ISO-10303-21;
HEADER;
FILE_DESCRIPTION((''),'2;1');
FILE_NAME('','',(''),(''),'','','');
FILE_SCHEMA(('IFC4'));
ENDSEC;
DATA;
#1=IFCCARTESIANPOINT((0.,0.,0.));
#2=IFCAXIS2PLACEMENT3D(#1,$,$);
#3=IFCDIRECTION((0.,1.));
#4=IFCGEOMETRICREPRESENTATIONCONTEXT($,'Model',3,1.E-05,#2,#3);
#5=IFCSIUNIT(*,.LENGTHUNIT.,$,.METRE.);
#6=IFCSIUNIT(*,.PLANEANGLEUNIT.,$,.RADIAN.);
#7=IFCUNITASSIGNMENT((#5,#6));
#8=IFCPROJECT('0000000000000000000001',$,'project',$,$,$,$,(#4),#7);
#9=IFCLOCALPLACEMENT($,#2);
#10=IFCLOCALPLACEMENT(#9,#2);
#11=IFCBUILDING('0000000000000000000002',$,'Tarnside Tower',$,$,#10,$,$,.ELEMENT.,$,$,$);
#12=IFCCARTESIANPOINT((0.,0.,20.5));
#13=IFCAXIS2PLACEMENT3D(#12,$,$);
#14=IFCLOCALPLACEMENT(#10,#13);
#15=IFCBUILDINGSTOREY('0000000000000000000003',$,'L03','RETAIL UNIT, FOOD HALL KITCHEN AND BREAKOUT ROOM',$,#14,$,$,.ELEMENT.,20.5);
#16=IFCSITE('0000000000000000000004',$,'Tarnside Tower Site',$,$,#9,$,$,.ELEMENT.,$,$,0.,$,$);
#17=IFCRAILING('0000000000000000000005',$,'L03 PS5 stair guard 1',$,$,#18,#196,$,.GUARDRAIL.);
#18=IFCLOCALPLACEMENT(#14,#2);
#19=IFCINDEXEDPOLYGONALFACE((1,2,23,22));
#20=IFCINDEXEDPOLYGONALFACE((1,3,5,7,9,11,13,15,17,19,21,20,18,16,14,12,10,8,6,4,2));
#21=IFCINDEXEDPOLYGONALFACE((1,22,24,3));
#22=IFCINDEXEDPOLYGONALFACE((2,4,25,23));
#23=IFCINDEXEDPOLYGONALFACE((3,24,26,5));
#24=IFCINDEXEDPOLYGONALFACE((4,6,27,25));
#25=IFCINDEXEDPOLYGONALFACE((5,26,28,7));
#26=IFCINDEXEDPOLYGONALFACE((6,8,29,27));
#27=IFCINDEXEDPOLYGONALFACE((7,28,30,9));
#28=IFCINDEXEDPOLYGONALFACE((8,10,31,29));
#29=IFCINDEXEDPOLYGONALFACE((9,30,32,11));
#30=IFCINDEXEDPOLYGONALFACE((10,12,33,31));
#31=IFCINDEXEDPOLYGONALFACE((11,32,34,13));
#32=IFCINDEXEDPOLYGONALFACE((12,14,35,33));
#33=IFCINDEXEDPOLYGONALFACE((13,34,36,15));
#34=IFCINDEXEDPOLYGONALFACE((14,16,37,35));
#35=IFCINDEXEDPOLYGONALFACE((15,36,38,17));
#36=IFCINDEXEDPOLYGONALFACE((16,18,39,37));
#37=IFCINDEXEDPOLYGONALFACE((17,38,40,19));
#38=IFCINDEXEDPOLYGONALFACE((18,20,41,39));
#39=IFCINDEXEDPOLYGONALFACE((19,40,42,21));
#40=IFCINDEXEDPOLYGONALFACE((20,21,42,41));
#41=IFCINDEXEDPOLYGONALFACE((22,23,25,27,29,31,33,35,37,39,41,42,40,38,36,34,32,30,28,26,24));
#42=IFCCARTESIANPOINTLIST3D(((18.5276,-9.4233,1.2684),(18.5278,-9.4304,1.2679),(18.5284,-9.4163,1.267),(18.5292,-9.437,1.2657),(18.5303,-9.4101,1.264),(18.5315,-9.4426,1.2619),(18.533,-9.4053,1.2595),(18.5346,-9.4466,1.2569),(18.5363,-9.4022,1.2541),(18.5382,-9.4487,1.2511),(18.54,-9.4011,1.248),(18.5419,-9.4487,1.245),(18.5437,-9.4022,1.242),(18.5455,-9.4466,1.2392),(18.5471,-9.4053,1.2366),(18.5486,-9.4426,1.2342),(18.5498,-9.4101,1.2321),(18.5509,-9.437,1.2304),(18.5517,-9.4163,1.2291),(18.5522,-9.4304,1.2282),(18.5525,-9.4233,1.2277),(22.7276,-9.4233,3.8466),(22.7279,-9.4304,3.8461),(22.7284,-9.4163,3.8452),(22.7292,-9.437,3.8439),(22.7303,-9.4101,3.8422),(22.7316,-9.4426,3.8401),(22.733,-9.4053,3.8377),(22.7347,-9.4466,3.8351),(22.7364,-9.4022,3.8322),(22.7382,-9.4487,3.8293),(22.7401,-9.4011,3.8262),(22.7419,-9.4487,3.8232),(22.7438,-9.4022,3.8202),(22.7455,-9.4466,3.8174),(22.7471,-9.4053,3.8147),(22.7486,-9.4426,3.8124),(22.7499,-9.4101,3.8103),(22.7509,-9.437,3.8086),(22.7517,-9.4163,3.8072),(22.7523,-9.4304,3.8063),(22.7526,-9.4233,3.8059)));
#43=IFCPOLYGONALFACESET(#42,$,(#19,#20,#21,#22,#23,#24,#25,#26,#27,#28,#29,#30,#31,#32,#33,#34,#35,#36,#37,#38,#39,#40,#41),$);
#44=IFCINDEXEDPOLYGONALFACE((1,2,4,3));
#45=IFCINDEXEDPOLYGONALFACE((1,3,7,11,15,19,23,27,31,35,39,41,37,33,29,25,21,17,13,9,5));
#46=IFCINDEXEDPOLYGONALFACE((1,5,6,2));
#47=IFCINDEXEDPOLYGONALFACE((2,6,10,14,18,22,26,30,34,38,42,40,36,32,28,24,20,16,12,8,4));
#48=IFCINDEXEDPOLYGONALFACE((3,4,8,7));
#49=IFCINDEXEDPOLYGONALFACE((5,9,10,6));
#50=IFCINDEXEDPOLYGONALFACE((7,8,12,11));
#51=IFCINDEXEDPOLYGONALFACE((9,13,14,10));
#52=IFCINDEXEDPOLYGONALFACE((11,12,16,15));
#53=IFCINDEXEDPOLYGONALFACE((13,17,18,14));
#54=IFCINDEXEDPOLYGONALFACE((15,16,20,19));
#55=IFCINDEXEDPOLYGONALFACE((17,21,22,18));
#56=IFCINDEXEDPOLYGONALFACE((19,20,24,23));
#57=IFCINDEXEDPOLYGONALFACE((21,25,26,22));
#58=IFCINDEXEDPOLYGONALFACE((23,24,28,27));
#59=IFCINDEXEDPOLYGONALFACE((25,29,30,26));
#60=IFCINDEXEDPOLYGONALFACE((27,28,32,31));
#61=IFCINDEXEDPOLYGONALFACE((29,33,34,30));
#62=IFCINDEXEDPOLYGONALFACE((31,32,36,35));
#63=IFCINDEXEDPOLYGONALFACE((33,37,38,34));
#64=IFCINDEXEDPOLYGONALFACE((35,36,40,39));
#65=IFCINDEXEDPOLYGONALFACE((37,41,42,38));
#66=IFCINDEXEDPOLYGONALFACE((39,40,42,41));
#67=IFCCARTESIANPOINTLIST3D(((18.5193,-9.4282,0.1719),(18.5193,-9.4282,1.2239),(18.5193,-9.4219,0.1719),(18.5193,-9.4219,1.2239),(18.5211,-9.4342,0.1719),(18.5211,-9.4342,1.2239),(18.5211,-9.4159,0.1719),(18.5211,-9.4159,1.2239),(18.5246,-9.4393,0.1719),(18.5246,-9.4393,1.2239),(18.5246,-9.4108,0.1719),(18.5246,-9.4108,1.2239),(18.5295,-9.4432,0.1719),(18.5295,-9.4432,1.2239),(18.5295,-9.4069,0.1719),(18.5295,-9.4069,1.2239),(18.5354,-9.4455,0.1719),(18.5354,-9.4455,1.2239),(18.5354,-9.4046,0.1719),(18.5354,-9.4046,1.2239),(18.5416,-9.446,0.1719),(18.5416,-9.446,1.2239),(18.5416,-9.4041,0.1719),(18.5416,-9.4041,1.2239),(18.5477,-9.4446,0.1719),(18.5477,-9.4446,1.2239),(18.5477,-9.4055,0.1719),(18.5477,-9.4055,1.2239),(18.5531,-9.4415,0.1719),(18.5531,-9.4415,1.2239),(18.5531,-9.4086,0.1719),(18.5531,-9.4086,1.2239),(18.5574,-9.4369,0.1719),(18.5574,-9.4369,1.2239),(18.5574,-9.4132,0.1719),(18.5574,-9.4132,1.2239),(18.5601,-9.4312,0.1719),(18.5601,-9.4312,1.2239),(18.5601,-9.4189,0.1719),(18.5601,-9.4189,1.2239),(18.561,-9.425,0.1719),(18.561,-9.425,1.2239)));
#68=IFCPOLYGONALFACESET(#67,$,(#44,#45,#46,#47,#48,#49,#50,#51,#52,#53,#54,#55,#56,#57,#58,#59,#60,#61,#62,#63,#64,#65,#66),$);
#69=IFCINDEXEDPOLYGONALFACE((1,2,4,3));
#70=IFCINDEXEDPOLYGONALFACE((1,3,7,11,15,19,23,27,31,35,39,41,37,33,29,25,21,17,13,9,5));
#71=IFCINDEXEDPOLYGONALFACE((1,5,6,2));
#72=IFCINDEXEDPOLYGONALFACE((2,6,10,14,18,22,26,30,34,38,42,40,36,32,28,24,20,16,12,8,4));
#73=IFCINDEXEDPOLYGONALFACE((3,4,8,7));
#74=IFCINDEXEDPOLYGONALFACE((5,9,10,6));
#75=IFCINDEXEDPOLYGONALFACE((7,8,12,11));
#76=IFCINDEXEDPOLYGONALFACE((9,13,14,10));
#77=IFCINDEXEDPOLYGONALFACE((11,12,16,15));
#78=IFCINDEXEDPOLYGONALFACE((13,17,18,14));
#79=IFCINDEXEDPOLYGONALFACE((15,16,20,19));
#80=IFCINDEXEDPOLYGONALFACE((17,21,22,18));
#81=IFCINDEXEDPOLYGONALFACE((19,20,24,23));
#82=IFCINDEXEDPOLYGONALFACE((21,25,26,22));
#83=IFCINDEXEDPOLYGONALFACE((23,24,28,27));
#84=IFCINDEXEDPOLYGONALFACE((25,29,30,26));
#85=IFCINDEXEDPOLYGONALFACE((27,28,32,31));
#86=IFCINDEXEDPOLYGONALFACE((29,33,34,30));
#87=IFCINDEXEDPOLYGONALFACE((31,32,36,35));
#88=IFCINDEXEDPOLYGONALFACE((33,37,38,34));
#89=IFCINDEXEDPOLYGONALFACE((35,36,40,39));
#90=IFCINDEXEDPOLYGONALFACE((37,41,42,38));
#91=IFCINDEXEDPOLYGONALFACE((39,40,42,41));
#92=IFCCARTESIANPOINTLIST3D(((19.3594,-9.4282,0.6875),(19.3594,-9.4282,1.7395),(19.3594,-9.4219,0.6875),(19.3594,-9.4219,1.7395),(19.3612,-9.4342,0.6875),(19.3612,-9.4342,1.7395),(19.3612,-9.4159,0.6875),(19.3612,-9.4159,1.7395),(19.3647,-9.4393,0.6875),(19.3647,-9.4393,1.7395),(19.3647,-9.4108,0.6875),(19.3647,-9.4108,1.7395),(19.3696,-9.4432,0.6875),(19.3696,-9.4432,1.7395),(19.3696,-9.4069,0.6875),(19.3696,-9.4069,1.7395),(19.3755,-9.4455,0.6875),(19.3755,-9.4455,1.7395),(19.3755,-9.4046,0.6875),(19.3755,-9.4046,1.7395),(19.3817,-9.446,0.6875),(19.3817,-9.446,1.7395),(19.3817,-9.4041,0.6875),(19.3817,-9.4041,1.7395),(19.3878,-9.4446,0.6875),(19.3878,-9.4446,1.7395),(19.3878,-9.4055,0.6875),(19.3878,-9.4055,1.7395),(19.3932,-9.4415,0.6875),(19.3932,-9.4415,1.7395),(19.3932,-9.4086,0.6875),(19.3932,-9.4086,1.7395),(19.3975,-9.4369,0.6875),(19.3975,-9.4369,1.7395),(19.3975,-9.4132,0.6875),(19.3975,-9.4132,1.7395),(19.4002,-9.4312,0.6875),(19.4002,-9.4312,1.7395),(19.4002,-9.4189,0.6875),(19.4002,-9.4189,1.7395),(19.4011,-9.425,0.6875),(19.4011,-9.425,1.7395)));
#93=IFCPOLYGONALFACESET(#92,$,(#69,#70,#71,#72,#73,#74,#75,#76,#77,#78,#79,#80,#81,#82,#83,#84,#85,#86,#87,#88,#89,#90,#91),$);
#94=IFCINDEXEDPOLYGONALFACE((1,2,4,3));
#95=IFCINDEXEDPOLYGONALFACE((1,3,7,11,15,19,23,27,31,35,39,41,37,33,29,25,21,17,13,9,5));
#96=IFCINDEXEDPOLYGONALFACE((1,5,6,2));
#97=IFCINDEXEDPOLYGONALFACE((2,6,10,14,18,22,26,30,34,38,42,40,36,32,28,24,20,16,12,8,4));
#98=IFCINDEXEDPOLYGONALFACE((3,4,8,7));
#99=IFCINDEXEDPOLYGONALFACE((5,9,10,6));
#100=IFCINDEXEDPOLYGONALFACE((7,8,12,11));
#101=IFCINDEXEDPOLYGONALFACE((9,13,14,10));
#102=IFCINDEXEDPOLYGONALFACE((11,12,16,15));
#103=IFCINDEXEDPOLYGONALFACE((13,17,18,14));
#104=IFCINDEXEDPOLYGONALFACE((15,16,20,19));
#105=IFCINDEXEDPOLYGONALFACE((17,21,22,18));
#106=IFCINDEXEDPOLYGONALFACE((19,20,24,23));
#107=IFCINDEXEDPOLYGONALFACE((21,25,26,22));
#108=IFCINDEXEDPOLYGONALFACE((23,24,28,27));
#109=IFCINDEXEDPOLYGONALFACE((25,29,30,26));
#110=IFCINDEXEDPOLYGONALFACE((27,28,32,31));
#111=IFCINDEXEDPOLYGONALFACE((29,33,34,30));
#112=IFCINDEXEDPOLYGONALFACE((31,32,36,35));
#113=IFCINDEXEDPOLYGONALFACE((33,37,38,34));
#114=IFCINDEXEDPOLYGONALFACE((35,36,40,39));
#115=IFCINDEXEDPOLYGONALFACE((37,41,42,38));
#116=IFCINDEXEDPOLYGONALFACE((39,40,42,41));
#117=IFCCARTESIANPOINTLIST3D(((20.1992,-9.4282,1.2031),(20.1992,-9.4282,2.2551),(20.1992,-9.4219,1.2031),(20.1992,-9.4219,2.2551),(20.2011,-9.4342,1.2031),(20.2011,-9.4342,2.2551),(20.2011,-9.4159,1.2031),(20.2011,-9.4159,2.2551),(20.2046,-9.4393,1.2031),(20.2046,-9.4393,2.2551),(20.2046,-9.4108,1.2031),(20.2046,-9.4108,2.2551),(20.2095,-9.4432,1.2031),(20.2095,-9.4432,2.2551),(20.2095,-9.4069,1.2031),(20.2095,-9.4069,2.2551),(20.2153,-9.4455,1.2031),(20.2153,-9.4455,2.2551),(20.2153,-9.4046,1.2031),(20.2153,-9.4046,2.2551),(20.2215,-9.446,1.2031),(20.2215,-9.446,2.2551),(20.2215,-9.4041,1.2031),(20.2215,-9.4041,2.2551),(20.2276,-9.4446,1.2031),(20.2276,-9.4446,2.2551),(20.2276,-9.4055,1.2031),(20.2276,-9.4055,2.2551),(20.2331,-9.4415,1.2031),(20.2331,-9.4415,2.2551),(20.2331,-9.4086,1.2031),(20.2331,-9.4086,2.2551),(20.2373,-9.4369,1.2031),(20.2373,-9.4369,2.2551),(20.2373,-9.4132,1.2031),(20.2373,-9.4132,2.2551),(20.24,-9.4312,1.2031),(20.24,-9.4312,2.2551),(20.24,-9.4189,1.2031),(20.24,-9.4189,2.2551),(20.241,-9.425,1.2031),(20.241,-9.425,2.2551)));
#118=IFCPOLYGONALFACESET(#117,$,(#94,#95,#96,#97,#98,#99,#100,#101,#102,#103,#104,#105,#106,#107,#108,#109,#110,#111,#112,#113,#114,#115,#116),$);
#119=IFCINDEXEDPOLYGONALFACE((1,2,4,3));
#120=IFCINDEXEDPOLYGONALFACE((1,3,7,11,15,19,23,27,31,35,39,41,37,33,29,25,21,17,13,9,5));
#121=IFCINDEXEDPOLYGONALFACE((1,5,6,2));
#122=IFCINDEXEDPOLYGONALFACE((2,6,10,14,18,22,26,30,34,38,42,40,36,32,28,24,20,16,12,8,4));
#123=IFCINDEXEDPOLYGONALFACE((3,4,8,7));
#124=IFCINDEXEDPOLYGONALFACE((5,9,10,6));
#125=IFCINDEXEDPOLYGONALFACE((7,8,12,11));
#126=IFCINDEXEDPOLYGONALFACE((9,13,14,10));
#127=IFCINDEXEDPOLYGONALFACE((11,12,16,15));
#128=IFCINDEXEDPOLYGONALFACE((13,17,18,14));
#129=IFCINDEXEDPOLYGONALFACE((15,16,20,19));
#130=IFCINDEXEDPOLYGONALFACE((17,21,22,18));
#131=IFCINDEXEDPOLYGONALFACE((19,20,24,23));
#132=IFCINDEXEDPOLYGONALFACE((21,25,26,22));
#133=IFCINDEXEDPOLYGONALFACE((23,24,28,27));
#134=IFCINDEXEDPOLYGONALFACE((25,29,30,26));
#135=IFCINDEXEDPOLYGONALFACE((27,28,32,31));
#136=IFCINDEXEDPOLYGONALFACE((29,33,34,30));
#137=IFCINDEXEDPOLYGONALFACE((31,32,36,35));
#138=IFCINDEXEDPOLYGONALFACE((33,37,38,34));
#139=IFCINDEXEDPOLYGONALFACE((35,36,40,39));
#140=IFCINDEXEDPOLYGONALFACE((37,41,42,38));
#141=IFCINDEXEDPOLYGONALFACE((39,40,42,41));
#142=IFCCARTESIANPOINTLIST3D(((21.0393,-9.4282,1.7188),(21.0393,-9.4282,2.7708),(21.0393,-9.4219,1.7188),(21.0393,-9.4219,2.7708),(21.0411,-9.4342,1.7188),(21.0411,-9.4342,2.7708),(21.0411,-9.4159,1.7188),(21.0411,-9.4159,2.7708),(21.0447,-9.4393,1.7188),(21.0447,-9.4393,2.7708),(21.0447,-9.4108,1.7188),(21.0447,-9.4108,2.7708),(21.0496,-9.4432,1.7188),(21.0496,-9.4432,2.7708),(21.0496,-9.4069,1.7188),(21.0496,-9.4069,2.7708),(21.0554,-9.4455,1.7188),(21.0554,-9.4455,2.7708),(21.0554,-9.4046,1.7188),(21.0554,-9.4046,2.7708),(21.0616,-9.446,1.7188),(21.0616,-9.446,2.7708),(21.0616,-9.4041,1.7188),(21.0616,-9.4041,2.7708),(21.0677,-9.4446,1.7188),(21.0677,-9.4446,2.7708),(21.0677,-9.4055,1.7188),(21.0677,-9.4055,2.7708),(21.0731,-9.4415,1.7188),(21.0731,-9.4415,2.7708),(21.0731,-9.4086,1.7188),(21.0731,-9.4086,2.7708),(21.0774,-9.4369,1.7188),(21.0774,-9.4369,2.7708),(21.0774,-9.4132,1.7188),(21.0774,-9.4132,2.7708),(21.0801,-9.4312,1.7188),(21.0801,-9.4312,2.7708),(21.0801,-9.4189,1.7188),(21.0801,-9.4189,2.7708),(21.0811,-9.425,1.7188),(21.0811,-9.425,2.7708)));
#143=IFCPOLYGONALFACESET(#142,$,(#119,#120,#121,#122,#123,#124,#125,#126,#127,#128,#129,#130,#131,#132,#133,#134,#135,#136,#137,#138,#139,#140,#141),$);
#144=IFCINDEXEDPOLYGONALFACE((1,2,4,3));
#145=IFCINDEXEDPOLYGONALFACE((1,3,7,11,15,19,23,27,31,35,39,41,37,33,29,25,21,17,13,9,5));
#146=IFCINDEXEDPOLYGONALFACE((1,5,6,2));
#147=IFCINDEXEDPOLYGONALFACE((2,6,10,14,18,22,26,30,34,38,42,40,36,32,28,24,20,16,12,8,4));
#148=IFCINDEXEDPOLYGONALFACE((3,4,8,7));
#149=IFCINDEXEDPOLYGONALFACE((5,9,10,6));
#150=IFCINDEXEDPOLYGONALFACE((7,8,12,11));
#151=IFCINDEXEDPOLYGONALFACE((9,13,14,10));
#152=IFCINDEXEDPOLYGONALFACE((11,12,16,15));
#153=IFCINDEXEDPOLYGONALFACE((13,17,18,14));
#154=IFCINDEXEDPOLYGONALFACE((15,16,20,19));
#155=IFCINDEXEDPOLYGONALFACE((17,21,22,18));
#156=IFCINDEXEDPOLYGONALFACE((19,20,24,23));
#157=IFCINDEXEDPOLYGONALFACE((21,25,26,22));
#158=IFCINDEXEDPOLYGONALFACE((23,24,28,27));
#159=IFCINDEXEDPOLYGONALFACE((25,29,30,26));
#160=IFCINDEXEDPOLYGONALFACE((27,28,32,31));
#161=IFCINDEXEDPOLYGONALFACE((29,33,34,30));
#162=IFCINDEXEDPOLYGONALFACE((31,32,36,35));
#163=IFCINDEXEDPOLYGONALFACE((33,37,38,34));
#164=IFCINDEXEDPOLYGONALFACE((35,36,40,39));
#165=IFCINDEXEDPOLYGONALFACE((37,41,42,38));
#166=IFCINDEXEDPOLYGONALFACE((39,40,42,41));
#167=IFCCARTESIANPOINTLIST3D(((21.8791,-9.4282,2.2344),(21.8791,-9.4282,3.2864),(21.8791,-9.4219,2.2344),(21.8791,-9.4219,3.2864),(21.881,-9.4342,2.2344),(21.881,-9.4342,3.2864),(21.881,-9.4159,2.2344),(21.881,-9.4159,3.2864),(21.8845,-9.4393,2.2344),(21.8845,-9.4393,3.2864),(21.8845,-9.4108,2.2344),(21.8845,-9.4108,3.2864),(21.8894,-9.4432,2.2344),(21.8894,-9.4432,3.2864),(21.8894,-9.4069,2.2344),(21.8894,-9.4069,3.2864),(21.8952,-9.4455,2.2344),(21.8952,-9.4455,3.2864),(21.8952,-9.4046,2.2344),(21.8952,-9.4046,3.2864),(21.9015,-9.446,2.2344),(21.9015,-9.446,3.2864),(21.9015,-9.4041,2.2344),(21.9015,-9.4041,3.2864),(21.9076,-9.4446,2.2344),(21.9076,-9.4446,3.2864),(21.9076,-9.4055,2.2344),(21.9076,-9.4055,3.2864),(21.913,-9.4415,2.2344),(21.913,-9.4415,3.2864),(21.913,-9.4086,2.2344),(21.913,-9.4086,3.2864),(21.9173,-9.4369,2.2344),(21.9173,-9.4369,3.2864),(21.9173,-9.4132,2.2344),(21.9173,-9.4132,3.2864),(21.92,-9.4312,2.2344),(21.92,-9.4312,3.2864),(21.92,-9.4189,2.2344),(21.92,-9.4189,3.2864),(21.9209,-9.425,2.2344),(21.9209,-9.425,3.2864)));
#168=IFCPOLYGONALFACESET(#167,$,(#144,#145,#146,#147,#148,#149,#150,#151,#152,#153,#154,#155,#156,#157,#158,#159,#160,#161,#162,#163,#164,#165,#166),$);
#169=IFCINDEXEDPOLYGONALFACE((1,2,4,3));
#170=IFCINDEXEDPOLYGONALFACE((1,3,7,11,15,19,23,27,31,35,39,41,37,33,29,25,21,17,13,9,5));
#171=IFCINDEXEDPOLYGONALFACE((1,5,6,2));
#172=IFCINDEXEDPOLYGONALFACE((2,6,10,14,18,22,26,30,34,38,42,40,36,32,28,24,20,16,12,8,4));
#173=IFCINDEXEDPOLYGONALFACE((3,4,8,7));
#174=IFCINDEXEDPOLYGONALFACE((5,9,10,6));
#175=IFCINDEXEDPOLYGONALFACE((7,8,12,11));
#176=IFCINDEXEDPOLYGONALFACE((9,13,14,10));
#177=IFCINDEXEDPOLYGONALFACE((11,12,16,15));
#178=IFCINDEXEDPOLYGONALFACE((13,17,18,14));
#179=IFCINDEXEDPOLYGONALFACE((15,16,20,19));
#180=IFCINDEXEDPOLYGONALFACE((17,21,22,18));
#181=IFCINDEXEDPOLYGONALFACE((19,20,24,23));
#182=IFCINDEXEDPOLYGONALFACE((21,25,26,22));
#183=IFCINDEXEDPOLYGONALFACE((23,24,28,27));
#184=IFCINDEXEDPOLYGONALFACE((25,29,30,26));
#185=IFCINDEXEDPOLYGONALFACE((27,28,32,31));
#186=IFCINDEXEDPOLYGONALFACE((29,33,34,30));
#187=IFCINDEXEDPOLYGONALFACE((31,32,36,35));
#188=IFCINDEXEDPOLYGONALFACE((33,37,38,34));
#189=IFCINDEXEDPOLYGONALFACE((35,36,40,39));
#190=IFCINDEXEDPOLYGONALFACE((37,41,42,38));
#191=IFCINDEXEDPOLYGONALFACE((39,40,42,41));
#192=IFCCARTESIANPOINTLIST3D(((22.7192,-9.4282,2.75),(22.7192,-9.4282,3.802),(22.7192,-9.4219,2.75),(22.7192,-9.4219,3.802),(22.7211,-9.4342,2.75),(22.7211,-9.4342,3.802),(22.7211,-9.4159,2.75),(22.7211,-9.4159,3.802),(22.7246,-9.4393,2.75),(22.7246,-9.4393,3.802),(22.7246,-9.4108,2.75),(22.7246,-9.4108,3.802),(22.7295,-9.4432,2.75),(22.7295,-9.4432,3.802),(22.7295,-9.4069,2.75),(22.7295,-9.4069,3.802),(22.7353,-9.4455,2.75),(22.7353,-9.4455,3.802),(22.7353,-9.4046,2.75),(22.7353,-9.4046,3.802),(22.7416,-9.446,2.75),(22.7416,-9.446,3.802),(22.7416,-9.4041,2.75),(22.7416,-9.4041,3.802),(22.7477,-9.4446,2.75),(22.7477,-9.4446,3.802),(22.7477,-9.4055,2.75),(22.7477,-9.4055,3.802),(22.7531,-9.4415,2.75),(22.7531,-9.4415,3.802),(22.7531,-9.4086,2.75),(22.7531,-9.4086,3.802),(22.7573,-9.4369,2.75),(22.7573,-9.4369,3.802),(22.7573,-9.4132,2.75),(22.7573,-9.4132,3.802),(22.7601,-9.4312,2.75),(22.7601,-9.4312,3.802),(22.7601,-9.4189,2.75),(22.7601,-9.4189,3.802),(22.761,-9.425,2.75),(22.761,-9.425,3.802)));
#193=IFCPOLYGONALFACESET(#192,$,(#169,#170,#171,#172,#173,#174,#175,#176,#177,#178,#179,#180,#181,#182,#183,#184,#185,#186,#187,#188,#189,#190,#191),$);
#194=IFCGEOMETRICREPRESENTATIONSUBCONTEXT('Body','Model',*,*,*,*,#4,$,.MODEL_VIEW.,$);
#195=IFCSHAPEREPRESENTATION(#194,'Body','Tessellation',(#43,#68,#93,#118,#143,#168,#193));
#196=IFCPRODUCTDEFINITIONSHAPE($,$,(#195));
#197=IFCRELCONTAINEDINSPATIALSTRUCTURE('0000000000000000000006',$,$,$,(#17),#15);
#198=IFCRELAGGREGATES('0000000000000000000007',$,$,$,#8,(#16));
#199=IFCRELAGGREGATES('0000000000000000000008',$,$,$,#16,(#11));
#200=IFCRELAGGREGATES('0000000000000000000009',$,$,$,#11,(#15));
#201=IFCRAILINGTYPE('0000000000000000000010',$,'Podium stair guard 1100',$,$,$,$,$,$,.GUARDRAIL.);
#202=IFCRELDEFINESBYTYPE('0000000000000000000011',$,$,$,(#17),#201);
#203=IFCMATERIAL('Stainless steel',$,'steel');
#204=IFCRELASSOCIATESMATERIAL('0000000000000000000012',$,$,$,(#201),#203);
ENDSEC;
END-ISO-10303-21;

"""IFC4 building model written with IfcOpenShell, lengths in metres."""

from ifc_helpers import new_model, si_unit, direction, frame, origin, origin_2d, place, context, subcontext, project, spatial, circle, extrude, material, type_object, element, save


model = new_model("IFC4")

# Units and contexts
model_context = context("Model", 3, precision=1e-05, world=origin(), true_north=direction((0.0, 1.0)))
body_context = subcontext(model_context, "Body", "Model", "MODEL_VIEW")
ifc_project = project(units=[si_unit("LENGTHUNIT", "METRE"), si_unit("PLANEANGLEUNIT", "RADIAN")], contexts=[model_context])

# Site, building, storey
site_placement = place(None, origin())
site = spatial("IfcSite", under=ifc_project, at=site_placement, Name="Tarnside Tower Site", CompositionType="ELEMENT", RefElevation=0.0)
building_placement = place(site_placement, origin())
building = spatial("IfcBuilding", under=site, at=building_placement, Name="Tarnside Tower", CompositionType="ELEMENT")
storey_placement = place(building_placement, frame((0.0, 0.0, 20.5)))
storey = spatial("IfcBuildingStorey", under=building, at=storey_placement, Name="L03", Description="RETAIL UNIT, FOOD HALL KITCHEN AND BREAKOUT ROOM", CompositionType="ELEMENT", Elevation=20.5)

# Railing
ifc_material_1 = material(Name="Stainless steel", Category="steel")
railing_type_1 = type_object("IfcRailingType", Name="Podium stair guard 1100", PredefinedType="GUARDRAIL", material=ifc_material_1)
railing_1_placement = place(storey_placement, frame((18.54, -9.425, 0.1719)))
element("IfcRailing", 1, at=railing_1_placement, inside=storey, type_object=railing_type_1, Name="L03 PS5 stair guard 1", PredefinedType="GUARDRAIL", context=body_context, shape_type="SweptSolid", body=[
    extrude(circle(Radius=0.0239, at=origin_2d()), frame((0.0, 0.0, 1.0762), z_axis=(0.852243, 0.0, 0.523146), x_axis=(0.0, 1.0, 0.0)), (0.0, 0.0, 1.0), 4.9282),
    extrude(circle(Radius=0.021, at=origin_2d()), origin(), (0.0, 0.0, 1.0), 1.052),
    extrude(circle(Radius=0.021, at=origin_2d()), frame((0.8401, 0.0, 0.5156)), (0.0, 0.0, 1.0), 1.052),
    extrude(circle(Radius=0.021, at=origin_2d()), frame((1.6799, 0.0, 1.0312)), (0.0, 0.0, 1.0), 1.052),
    extrude(circle(Radius=0.021, at=origin_2d()), frame((2.52, 0.0, 1.5469)), (0.0, 0.0, 1.0), 1.052),
    extrude(circle(Radius=0.021, at=origin_2d()), frame((3.3599, 0.0, 2.0625)), (0.0, 0.0, 1.0), 1.052),
    extrude(circle(Radius=0.021, at=origin_2d()), frame((4.2, 0.0, 2.5781)), (0.0, 0.0, 1.0), 1.052),
])

save(model, "model.ifc")
